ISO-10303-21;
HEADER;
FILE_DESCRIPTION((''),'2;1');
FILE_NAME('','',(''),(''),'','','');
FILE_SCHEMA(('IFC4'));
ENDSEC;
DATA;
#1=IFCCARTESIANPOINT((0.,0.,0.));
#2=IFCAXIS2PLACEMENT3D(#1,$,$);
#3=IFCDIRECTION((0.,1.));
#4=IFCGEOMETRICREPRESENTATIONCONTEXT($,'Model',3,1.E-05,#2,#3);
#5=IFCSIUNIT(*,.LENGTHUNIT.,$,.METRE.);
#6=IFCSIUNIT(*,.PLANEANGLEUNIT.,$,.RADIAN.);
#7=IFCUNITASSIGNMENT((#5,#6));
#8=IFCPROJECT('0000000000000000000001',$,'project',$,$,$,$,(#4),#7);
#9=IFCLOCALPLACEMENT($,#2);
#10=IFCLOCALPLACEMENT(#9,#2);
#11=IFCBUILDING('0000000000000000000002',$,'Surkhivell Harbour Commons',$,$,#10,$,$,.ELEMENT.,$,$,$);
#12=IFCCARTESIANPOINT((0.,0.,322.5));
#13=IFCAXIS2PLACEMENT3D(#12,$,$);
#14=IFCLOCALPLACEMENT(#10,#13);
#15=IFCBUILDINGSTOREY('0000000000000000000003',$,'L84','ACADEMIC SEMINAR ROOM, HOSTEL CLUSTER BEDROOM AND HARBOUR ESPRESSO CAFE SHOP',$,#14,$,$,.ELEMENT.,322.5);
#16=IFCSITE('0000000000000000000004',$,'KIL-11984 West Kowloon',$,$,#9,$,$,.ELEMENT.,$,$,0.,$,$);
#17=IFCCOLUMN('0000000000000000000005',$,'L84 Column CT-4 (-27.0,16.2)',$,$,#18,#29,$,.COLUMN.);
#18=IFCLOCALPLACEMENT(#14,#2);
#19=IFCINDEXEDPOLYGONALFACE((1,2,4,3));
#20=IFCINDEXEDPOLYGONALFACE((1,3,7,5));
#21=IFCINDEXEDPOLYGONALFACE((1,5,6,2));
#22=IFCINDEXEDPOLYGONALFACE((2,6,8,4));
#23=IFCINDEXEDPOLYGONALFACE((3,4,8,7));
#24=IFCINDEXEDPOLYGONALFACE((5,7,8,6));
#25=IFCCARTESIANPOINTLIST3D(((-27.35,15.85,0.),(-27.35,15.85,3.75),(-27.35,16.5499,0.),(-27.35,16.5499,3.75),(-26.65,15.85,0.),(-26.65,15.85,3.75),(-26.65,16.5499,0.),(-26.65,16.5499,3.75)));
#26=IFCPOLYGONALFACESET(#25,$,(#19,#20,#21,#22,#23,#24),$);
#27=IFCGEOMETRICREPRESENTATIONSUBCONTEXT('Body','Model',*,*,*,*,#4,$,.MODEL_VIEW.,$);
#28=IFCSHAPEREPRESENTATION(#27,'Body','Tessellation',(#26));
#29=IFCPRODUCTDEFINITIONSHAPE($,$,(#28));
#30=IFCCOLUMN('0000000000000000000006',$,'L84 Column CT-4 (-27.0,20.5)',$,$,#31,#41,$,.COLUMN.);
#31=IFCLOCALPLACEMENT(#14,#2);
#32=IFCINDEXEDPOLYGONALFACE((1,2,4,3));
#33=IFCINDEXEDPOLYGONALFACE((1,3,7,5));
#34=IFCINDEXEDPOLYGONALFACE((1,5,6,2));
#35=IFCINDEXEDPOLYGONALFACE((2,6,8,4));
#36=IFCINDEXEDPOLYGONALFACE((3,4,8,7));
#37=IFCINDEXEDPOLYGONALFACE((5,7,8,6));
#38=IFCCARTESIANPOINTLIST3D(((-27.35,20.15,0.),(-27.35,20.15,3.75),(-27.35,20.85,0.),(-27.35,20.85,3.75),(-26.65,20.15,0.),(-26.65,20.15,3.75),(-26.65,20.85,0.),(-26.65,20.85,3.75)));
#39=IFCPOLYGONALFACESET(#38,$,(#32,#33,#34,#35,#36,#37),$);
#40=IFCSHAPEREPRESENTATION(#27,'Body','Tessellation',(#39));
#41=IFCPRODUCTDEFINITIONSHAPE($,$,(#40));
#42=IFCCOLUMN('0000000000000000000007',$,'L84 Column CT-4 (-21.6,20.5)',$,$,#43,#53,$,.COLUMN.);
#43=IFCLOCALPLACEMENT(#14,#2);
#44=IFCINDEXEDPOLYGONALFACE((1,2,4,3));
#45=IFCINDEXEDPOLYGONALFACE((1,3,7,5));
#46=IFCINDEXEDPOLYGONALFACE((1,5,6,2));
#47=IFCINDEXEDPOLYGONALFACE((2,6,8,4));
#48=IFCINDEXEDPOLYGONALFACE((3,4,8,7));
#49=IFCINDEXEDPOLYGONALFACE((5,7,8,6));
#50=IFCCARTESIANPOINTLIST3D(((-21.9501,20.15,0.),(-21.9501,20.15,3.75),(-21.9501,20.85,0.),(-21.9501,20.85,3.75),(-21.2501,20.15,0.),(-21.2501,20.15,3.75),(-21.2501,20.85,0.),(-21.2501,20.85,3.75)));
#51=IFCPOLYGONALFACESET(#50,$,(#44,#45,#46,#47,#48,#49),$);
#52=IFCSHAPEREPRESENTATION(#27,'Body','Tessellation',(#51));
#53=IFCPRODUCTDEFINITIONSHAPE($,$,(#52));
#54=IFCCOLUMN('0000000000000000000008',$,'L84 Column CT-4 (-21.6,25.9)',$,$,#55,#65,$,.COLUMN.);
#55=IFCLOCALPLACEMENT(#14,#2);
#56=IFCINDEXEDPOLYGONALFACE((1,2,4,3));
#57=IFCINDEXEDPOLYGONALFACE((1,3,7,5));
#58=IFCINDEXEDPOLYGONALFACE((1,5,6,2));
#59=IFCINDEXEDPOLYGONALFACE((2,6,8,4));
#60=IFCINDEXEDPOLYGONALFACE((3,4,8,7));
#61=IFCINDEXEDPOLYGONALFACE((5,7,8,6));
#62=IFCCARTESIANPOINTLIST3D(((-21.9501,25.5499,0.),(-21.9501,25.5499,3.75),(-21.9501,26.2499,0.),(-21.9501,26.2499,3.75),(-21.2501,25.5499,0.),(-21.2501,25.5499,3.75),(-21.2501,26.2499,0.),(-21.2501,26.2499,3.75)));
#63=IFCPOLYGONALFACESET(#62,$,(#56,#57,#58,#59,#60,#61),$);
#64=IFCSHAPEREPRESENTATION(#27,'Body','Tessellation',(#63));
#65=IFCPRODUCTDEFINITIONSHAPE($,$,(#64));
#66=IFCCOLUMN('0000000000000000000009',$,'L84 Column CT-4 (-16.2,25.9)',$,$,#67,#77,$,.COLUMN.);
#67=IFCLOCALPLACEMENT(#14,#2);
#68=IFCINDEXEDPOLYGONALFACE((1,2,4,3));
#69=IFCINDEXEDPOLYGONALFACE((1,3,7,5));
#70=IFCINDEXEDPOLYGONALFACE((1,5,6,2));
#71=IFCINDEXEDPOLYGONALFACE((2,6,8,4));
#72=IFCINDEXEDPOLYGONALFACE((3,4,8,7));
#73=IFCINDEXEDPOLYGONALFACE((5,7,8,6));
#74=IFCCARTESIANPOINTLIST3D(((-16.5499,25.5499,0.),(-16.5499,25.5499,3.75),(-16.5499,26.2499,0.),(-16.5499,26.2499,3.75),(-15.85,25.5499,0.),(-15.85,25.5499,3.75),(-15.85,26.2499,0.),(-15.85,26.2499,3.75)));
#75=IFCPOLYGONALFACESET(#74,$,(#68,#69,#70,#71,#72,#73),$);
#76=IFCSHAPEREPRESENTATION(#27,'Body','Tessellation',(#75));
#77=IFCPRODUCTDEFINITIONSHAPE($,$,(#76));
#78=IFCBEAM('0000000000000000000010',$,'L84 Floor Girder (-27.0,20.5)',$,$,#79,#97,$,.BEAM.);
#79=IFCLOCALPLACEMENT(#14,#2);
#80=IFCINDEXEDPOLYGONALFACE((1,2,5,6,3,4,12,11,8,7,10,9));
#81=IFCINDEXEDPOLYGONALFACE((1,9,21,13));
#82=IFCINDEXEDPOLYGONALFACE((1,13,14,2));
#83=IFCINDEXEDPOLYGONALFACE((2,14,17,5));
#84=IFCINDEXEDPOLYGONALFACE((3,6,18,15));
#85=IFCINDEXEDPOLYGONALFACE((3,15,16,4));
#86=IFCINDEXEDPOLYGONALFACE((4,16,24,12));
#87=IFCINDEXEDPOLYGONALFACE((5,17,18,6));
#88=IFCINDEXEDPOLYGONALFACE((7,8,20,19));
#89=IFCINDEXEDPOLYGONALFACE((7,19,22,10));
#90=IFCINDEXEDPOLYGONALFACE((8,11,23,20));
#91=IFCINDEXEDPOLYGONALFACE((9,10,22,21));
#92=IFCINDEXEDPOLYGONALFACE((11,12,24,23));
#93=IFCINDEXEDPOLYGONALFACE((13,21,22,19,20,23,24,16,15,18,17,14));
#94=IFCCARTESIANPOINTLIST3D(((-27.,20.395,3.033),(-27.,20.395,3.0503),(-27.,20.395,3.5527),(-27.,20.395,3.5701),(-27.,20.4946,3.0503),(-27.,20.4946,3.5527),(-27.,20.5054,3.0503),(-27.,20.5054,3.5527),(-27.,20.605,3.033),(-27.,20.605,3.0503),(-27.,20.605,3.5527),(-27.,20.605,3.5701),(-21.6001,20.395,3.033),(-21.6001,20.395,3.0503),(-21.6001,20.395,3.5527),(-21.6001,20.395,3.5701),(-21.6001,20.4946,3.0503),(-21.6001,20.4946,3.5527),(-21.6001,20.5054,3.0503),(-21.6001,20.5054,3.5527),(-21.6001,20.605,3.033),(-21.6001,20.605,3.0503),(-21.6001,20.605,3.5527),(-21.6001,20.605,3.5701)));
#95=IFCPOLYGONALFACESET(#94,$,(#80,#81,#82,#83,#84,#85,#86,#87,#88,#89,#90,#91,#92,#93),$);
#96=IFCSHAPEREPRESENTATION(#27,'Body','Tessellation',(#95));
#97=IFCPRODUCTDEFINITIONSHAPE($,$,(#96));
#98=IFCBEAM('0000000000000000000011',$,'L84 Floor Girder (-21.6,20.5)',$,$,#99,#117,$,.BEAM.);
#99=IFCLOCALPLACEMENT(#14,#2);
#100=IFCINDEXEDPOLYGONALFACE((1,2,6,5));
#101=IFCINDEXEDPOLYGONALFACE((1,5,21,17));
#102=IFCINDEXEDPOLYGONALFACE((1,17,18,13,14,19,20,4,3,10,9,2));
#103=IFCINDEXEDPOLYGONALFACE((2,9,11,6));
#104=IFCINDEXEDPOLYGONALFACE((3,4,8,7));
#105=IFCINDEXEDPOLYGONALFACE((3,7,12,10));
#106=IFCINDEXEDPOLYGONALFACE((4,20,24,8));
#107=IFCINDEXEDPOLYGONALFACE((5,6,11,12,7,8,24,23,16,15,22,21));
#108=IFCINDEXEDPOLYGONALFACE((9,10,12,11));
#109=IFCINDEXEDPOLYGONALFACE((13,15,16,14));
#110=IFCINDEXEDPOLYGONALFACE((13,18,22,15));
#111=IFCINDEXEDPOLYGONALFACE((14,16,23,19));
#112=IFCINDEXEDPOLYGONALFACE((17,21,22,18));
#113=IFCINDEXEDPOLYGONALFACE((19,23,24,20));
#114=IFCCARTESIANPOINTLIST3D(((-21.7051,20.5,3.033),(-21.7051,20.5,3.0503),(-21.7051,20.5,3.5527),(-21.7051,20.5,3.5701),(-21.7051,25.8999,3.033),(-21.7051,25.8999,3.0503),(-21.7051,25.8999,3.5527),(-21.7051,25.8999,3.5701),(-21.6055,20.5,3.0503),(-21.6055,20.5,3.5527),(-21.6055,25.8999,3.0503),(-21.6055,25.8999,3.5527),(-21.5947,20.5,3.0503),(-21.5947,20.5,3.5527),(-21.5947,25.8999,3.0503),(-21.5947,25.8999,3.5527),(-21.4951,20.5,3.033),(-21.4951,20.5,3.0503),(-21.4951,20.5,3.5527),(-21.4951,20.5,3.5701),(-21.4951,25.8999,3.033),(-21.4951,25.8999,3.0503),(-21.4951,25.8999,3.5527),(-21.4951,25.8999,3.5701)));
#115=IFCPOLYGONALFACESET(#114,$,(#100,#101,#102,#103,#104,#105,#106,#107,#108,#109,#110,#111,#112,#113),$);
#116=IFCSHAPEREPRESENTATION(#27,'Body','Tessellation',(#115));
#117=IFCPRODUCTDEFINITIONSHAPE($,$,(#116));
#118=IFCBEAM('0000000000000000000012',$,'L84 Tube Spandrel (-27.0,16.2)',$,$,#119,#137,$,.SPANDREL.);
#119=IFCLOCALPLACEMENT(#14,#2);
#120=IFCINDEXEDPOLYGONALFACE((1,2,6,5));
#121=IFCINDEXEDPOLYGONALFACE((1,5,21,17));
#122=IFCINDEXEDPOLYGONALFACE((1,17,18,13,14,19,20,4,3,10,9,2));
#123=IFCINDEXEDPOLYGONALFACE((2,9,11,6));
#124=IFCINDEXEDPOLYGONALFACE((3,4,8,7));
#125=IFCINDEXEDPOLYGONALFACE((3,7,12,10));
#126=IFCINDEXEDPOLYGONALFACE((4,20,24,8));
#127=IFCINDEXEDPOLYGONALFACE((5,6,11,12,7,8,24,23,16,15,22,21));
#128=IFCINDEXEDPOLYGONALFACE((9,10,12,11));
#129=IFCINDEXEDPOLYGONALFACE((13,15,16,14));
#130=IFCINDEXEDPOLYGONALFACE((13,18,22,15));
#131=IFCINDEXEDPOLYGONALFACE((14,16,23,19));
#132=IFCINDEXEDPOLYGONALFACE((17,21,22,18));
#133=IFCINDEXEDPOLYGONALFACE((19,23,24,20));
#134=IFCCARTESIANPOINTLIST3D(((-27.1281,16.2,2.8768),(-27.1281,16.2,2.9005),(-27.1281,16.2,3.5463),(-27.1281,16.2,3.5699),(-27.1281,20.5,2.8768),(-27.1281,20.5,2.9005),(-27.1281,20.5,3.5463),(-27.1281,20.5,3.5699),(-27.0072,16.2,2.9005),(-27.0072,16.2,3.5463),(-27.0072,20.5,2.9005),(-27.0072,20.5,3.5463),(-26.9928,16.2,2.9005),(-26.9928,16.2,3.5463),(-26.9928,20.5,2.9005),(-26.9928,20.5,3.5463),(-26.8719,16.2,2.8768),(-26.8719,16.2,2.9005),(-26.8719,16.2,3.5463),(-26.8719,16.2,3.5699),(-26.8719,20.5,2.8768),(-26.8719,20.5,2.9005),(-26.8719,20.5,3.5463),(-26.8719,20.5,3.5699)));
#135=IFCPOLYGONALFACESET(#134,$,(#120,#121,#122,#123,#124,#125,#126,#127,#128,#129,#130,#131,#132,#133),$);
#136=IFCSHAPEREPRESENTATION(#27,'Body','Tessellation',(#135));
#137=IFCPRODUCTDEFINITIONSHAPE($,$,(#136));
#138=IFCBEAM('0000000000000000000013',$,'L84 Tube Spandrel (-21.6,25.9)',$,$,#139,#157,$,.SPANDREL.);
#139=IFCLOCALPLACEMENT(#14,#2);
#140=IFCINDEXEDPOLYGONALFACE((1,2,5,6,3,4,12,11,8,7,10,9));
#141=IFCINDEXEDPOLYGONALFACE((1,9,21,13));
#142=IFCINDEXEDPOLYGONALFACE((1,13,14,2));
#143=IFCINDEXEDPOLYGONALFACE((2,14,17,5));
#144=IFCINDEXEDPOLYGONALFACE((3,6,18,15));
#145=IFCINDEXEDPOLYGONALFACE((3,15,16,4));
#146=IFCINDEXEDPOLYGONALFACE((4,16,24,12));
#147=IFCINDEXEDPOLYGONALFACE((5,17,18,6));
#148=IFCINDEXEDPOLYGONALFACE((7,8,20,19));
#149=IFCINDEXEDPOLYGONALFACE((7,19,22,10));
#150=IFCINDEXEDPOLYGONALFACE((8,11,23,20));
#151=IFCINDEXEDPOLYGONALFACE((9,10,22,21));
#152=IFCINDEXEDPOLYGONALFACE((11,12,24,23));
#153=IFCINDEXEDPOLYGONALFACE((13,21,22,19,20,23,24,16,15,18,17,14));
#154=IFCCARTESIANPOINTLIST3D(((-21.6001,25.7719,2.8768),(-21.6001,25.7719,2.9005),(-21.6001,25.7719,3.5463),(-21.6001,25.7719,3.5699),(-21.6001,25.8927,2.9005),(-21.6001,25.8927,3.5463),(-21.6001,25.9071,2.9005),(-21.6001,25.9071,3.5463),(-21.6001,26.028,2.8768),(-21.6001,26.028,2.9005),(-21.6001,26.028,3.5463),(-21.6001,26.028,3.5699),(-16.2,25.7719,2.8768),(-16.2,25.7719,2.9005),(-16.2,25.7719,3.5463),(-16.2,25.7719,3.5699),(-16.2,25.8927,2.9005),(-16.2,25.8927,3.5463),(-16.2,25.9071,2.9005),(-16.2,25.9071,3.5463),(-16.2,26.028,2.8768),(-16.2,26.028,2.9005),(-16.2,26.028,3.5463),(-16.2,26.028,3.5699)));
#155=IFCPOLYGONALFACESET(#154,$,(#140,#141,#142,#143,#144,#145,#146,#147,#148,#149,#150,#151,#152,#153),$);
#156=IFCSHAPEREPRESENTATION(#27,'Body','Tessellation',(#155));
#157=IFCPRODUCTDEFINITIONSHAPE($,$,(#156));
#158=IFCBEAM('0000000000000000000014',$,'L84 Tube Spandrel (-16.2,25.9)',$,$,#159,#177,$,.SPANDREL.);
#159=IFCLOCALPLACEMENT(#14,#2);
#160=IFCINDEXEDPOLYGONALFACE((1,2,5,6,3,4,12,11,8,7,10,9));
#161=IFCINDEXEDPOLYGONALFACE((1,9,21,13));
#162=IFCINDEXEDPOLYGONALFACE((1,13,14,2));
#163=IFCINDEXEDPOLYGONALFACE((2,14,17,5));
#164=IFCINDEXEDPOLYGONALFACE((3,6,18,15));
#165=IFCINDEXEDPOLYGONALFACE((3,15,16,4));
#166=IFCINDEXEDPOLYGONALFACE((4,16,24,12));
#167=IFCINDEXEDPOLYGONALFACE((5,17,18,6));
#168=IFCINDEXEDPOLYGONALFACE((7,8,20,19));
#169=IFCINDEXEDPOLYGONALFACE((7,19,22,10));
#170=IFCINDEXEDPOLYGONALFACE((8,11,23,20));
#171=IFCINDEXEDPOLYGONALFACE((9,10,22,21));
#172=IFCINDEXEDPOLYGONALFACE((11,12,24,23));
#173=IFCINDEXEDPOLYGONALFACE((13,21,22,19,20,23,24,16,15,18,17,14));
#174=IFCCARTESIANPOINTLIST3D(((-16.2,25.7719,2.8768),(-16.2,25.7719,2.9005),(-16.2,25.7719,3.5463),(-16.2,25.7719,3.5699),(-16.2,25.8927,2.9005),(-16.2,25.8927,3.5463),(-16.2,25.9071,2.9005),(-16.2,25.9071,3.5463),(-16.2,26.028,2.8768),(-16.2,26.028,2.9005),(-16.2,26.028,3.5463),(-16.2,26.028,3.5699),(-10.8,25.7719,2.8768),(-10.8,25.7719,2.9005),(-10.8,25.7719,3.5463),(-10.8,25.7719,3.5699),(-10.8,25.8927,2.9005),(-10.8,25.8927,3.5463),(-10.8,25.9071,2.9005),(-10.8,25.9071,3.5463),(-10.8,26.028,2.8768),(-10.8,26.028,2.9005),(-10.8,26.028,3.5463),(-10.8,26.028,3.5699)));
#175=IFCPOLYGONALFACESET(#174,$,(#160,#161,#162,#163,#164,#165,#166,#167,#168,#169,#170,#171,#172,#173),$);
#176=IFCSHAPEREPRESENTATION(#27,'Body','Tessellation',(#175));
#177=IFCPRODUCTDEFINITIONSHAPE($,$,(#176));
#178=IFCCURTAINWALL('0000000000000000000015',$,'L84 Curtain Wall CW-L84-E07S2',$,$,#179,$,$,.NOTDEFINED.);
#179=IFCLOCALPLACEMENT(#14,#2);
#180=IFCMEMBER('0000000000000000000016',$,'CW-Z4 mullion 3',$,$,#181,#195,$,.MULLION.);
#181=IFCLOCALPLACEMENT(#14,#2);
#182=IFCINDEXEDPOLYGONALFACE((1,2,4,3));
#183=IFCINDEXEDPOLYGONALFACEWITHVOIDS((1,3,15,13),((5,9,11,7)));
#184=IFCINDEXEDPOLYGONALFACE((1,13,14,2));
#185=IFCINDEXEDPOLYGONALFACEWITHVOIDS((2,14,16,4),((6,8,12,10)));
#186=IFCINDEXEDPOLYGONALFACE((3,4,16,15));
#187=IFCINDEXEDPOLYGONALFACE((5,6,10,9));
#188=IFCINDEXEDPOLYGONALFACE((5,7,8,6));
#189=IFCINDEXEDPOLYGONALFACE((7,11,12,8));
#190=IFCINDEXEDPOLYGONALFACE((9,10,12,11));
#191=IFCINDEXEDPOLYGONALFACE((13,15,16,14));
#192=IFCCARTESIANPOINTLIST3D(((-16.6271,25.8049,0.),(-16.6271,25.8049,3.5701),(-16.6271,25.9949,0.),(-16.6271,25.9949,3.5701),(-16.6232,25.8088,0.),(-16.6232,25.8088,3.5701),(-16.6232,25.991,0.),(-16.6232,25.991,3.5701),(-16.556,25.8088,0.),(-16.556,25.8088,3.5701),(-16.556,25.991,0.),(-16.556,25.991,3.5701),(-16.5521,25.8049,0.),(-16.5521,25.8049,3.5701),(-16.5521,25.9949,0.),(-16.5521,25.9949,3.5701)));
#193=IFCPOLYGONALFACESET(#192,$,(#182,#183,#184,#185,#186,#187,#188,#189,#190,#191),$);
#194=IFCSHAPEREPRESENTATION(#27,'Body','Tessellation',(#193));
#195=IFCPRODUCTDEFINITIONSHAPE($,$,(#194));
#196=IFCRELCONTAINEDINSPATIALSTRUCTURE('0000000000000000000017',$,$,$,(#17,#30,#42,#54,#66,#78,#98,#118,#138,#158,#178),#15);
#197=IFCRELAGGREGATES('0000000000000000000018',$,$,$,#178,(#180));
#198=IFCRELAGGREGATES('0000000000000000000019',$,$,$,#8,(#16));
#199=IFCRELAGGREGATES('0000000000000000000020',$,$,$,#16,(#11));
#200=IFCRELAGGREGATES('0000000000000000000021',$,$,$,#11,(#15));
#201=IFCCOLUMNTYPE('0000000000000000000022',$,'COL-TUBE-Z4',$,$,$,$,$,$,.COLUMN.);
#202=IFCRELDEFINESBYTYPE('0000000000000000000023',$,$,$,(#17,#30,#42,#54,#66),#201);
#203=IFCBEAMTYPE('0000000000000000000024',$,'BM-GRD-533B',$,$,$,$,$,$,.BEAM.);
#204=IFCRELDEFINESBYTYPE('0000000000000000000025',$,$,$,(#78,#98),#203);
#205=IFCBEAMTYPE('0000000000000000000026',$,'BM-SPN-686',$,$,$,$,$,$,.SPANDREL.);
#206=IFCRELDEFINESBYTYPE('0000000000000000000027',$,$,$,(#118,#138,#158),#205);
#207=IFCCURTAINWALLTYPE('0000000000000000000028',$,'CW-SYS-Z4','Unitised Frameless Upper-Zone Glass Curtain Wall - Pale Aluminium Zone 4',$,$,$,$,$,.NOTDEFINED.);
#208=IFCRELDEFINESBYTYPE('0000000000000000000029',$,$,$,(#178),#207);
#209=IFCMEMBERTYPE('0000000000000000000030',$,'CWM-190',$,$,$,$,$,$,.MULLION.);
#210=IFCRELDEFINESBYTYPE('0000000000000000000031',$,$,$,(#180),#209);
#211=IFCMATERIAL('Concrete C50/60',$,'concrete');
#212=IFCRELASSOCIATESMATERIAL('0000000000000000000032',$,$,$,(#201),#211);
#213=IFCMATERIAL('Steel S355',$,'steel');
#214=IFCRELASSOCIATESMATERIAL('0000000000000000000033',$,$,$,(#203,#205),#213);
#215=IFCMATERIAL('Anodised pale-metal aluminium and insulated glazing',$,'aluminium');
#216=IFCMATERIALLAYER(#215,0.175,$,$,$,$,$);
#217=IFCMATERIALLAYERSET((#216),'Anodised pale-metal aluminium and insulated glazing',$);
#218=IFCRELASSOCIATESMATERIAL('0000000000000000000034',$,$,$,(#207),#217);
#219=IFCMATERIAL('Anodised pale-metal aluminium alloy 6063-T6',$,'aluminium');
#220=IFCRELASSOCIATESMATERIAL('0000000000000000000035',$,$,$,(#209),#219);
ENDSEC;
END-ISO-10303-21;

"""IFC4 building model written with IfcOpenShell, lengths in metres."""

from ifc_helpers import new_model, si_unit, direction, frame, origin, origin_2d, place, context, subcontext, project, spatial, rectangle, hollow_rectangle, i_section, extrude, material, layer, layer_set, material_profile, profile_set, type_object, element, aggregate, save


model = new_model("IFC4")

# Units and contexts
model_context = context("Model", 3, precision=1e-05, world=origin(), true_north=direction((0.0, 1.0)))
body_context = subcontext(model_context, "Body", "Model", "MODEL_VIEW")
ifc_project = project(units=[si_unit("LENGTHUNIT", "METRE"), si_unit("PLANEANGLEUNIT", "RADIAN")], contexts=[model_context])

# Site, building, storey
site_placement = place(None, origin())
site = spatial("IfcSite", under=ifc_project, at=site_placement, Name="KIL-11984 West Kowloon", CompositionType="ELEMENT", RefElevation=0.0)
building_placement = place(site_placement, origin())
building = spatial("IfcBuilding", under=site, at=building_placement, Name="Surkhivell Harbour Commons", CompositionType="ELEMENT")
storey_placement = place(building_placement, frame((0.0, 0.0, 322.5)))
storey = spatial("IfcBuildingStorey", under=building, at=storey_placement, Name="L84", Description="ACADEMIC SEMINAR ROOM, HOSTEL CLUSTER BEDROOM AND HARBOUR ESPRESSO CAFE SHOP", CompositionType="ELEMENT", Elevation=322.5)

# Columns
ifc_material_1 = material(Name="Concrete C50/60", Category="concrete")
ifc_material_profile_1 = material_profile(ifc_material_1, rectangle(XDim=0.7, YDim=0.7, at=origin_2d()), Name="RC-COL-700x700")
ifc_profile_set_1 = profile_set([ifc_material_profile_1], Name="Concrete C50/60")
column_type = type_object("IfcColumnType", Name="COL-TUBE-Z4", PredefinedType="COLUMN", material=ifc_profile_set_1)
for number, where, z_axis, x_axis, name in (
    (1, (-27.0, 16.2, 0.0), (0.0, 0.0, 1.0), (1.0, 0.0, 0.0), "L84 Column CT-4 (-27.0,16.2)"),
    (2, (-27.0, 20.5, 0.0), (0.0, 0.0, 1.0), (1.0, 0.0, 0.0), "L84 Column CT-4 (-27.0,20.5)"),
    (3, (-21.6001, 20.5, 0.0), (0.0, 0.0, 1.0), (1.0, 0.0, 0.0), "L84 Column CT-4 (-21.6,20.5)"),
    (4, (-21.6001, 25.8999, 0.0), (0.0, 0.0, 1.0), (1.0, 0.0, 0.0), "L84 Column CT-4 (-21.6,25.9)"),
    (5, (-16.2, 25.8999, 0.0), (0.0, 0.0, 1.0), (1.0, 0.0, 0.0), "L84 Column CT-4 (-16.2,25.9)"),
):
    element("IfcColumn", number, at=place(storey_placement, frame(where, z_axis=z_axis, x_axis=x_axis)), inside=storey, type_object=column_type, Name=name, PredefinedType="COLUMN", context=body_context, shape_type="SweptSolid", body=[
        extrude(rectangle(XDim=0.7, YDim=0.7, at=origin_2d()), origin(), (0.0, 0.0, 1.0), 3.75),
    ])

# Beams
ifc_material_2 = material(Name="Steel S355", Category="steel")
ifc_material_profile_2 = material_profile(ifc_material_2, i_section(OverallWidth=0.21, OverallDepth=0.5371, WebThickness=0.0107, FlangeThickness=0.0173, at=origin_2d()), Name="UB533x210x101")
ifc_profile_set_2 = profile_set([ifc_material_profile_2], Name="Steel S355")
beam_type_1 = type_object("IfcBeamType", Name="BM-GRD-533B", PredefinedType="BEAM", material=ifc_profile_set_2)
for number, where, z_axis, x_axis, name in (
    (6, (-27.0, 20.5, 3.3015), (1.0, 0.0, 0.0), (0.0, 1.0, 0.0), "L84 Floor Girder (-27.0,20.5)"),
    (7, (-21.6001, 20.5, 3.3015), (0.0, 1.0, 0.0), (-1.0, 0.0, 0.0), "L84 Floor Girder (-21.6,20.5)"),
):
    element("IfcBeam", number, at=place(storey_placement, frame(where, z_axis=z_axis, x_axis=x_axis)), inside=storey, type_object=beam_type_1, Name=name, PredefinedType="BEAM", context=body_context, shape_type="SweptSolid", body=[
        extrude(i_section(OverallWidth=0.21, OverallDepth=0.5371, WebThickness=0.0107, FlangeThickness=0.0173, at=origin_2d()), origin(), (0.0, 0.0, 1.0), 5.3999),
    ])
ifc_material_profile_3 = material_profile(ifc_material_2, i_section(OverallWidth=0.2561, OverallDepth=0.6931, WebThickness=0.0144, FlangeThickness=0.0237, at=origin_2d()), Name="UB686x254x170")
ifc_profile_set_3 = profile_set([ifc_material_profile_3], Name="Steel S355")
beam_type_2 = type_object("IfcBeamType", Name="BM-SPN-686", PredefinedType="SPANDREL", material=ifc_profile_set_3)
beam_1_placement = place(storey_placement, frame((-27.0, 16.2, 3.2234), z_axis=(0.0, 1.0, 0.0), x_axis=(-1.0, 0.0, 0.0)))
element("IfcBeam", 8, at=beam_1_placement, inside=storey, type_object=beam_type_2, Name="L84 Tube Spandrel (-27.0,16.2)", PredefinedType="SPANDREL", context=body_context, shape_type="SweptSolid", body=[
    extrude(i_section(OverallWidth=0.2561, OverallDepth=0.6931, WebThickness=0.0144, FlangeThickness=0.0237, at=origin_2d()), origin(), (0.0, 0.0, 1.0), 4.3),
])
beam_2_placement = place(storey_placement, frame((-21.6001, 25.8999, 3.2234), z_axis=(1.0, 0.0, 0.0), x_axis=(0.0, 1.0, 0.0)))
element("IfcBeam", 9, at=beam_2_placement, inside=storey, type_object=beam_type_2, Name="L84 Tube Spandrel (-21.6,25.9)", PredefinedType="SPANDREL", context=body_context, shape_type="SweptSolid", body=[
    extrude(i_section(OverallWidth=0.2561, OverallDepth=0.6931, WebThickness=0.0144, FlangeThickness=0.0237, at=origin_2d()), origin(), (0.0, 0.0, 1.0), 5.4001),
])
beam_3_placement = place(storey_placement, frame((-16.2, 25.8999, 3.2234), z_axis=(1.0, 0.0, 0.0), x_axis=(0.0, 1.0, 0.0)))
element("IfcBeam", 10, at=beam_3_placement, inside=storey, type_object=beam_type_2, Name="L84 Tube Spandrel (-16.2,25.9)", PredefinedType="SPANDREL", context=body_context, shape_type="SweptSolid", body=[
    extrude(i_section(OverallWidth=0.2561, OverallDepth=0.6931, WebThickness=0.0144, FlangeThickness=0.0237, at=origin_2d()), origin(), (0.0, 0.0, 1.0), 5.3999),
])

# Curtain wall, member
ifc_material_3 = material(Name="Anodised pale-metal aluminium and insulated glazing", Category="aluminium")
ifc_layer_1 = layer(ifc_material_3, 0.175)
ifc_layer_set_1 = layer_set([ifc_layer_1], Name="Anodised pale-metal aluminium and insulated glazing")
curtain_wall_type = type_object("IfcCurtainWallType", Name="CW-SYS-Z4", Description="Unitised Frameless Upper-Zone Glass Curtain Wall - Pale Aluminium Zone 4", PredefinedType="NOTDEFINED", material=ifc_layer_set_1)
curtain_wall_1_placement = place(storey_placement, origin())
curtain_wall_1 = element("IfcCurtainWall", 11, at=curtain_wall_1_placement, inside=storey, type_object=curtain_wall_type, Name="L84 Curtain Wall CW-L84-E07S2", PredefinedType="NOTDEFINED")
ifc_material_4 = material(Name="Anodised pale-metal aluminium alloy 6063-T6", Category="aluminium")
ifc_material_profile_4 = material_profile(ifc_material_4, hollow_rectangle(XDim=0.075, YDim=0.1899, WallThickness=0.0039, at=origin_2d()), Name="ALU-MULL-75x190")
ifc_profile_set_4 = profile_set([ifc_material_profile_4], Name="Anodised pale-metal aluminium alloy 6063-T6")
member_type_1 = type_object("IfcMemberType", Name="CWM-190", PredefinedType="MULLION", material=ifc_profile_set_4)
member_1_placement = place(storey_placement, frame((-16.5896, 25.8999, 0.0), z_axis=(0.0, 0.0, 1.0), x_axis=(-1.0, 0.0, 0.0)))
member_1 = element("IfcMember", 12, at=member_1_placement, type_object=member_type_1, Name="CW-Z4 mullion 3", PredefinedType="MULLION", context=body_context, shape_type="SweptSolid", body=[
    extrude(hollow_rectangle(XDim=0.075, YDim=0.1899, WallThickness=0.0039, at=origin_2d()), origin(), (0.0, 0.0, 1.0), 3.5701),
])

aggregate(curtain_wall_1, [member_1])

save(model, "model.ifc")
